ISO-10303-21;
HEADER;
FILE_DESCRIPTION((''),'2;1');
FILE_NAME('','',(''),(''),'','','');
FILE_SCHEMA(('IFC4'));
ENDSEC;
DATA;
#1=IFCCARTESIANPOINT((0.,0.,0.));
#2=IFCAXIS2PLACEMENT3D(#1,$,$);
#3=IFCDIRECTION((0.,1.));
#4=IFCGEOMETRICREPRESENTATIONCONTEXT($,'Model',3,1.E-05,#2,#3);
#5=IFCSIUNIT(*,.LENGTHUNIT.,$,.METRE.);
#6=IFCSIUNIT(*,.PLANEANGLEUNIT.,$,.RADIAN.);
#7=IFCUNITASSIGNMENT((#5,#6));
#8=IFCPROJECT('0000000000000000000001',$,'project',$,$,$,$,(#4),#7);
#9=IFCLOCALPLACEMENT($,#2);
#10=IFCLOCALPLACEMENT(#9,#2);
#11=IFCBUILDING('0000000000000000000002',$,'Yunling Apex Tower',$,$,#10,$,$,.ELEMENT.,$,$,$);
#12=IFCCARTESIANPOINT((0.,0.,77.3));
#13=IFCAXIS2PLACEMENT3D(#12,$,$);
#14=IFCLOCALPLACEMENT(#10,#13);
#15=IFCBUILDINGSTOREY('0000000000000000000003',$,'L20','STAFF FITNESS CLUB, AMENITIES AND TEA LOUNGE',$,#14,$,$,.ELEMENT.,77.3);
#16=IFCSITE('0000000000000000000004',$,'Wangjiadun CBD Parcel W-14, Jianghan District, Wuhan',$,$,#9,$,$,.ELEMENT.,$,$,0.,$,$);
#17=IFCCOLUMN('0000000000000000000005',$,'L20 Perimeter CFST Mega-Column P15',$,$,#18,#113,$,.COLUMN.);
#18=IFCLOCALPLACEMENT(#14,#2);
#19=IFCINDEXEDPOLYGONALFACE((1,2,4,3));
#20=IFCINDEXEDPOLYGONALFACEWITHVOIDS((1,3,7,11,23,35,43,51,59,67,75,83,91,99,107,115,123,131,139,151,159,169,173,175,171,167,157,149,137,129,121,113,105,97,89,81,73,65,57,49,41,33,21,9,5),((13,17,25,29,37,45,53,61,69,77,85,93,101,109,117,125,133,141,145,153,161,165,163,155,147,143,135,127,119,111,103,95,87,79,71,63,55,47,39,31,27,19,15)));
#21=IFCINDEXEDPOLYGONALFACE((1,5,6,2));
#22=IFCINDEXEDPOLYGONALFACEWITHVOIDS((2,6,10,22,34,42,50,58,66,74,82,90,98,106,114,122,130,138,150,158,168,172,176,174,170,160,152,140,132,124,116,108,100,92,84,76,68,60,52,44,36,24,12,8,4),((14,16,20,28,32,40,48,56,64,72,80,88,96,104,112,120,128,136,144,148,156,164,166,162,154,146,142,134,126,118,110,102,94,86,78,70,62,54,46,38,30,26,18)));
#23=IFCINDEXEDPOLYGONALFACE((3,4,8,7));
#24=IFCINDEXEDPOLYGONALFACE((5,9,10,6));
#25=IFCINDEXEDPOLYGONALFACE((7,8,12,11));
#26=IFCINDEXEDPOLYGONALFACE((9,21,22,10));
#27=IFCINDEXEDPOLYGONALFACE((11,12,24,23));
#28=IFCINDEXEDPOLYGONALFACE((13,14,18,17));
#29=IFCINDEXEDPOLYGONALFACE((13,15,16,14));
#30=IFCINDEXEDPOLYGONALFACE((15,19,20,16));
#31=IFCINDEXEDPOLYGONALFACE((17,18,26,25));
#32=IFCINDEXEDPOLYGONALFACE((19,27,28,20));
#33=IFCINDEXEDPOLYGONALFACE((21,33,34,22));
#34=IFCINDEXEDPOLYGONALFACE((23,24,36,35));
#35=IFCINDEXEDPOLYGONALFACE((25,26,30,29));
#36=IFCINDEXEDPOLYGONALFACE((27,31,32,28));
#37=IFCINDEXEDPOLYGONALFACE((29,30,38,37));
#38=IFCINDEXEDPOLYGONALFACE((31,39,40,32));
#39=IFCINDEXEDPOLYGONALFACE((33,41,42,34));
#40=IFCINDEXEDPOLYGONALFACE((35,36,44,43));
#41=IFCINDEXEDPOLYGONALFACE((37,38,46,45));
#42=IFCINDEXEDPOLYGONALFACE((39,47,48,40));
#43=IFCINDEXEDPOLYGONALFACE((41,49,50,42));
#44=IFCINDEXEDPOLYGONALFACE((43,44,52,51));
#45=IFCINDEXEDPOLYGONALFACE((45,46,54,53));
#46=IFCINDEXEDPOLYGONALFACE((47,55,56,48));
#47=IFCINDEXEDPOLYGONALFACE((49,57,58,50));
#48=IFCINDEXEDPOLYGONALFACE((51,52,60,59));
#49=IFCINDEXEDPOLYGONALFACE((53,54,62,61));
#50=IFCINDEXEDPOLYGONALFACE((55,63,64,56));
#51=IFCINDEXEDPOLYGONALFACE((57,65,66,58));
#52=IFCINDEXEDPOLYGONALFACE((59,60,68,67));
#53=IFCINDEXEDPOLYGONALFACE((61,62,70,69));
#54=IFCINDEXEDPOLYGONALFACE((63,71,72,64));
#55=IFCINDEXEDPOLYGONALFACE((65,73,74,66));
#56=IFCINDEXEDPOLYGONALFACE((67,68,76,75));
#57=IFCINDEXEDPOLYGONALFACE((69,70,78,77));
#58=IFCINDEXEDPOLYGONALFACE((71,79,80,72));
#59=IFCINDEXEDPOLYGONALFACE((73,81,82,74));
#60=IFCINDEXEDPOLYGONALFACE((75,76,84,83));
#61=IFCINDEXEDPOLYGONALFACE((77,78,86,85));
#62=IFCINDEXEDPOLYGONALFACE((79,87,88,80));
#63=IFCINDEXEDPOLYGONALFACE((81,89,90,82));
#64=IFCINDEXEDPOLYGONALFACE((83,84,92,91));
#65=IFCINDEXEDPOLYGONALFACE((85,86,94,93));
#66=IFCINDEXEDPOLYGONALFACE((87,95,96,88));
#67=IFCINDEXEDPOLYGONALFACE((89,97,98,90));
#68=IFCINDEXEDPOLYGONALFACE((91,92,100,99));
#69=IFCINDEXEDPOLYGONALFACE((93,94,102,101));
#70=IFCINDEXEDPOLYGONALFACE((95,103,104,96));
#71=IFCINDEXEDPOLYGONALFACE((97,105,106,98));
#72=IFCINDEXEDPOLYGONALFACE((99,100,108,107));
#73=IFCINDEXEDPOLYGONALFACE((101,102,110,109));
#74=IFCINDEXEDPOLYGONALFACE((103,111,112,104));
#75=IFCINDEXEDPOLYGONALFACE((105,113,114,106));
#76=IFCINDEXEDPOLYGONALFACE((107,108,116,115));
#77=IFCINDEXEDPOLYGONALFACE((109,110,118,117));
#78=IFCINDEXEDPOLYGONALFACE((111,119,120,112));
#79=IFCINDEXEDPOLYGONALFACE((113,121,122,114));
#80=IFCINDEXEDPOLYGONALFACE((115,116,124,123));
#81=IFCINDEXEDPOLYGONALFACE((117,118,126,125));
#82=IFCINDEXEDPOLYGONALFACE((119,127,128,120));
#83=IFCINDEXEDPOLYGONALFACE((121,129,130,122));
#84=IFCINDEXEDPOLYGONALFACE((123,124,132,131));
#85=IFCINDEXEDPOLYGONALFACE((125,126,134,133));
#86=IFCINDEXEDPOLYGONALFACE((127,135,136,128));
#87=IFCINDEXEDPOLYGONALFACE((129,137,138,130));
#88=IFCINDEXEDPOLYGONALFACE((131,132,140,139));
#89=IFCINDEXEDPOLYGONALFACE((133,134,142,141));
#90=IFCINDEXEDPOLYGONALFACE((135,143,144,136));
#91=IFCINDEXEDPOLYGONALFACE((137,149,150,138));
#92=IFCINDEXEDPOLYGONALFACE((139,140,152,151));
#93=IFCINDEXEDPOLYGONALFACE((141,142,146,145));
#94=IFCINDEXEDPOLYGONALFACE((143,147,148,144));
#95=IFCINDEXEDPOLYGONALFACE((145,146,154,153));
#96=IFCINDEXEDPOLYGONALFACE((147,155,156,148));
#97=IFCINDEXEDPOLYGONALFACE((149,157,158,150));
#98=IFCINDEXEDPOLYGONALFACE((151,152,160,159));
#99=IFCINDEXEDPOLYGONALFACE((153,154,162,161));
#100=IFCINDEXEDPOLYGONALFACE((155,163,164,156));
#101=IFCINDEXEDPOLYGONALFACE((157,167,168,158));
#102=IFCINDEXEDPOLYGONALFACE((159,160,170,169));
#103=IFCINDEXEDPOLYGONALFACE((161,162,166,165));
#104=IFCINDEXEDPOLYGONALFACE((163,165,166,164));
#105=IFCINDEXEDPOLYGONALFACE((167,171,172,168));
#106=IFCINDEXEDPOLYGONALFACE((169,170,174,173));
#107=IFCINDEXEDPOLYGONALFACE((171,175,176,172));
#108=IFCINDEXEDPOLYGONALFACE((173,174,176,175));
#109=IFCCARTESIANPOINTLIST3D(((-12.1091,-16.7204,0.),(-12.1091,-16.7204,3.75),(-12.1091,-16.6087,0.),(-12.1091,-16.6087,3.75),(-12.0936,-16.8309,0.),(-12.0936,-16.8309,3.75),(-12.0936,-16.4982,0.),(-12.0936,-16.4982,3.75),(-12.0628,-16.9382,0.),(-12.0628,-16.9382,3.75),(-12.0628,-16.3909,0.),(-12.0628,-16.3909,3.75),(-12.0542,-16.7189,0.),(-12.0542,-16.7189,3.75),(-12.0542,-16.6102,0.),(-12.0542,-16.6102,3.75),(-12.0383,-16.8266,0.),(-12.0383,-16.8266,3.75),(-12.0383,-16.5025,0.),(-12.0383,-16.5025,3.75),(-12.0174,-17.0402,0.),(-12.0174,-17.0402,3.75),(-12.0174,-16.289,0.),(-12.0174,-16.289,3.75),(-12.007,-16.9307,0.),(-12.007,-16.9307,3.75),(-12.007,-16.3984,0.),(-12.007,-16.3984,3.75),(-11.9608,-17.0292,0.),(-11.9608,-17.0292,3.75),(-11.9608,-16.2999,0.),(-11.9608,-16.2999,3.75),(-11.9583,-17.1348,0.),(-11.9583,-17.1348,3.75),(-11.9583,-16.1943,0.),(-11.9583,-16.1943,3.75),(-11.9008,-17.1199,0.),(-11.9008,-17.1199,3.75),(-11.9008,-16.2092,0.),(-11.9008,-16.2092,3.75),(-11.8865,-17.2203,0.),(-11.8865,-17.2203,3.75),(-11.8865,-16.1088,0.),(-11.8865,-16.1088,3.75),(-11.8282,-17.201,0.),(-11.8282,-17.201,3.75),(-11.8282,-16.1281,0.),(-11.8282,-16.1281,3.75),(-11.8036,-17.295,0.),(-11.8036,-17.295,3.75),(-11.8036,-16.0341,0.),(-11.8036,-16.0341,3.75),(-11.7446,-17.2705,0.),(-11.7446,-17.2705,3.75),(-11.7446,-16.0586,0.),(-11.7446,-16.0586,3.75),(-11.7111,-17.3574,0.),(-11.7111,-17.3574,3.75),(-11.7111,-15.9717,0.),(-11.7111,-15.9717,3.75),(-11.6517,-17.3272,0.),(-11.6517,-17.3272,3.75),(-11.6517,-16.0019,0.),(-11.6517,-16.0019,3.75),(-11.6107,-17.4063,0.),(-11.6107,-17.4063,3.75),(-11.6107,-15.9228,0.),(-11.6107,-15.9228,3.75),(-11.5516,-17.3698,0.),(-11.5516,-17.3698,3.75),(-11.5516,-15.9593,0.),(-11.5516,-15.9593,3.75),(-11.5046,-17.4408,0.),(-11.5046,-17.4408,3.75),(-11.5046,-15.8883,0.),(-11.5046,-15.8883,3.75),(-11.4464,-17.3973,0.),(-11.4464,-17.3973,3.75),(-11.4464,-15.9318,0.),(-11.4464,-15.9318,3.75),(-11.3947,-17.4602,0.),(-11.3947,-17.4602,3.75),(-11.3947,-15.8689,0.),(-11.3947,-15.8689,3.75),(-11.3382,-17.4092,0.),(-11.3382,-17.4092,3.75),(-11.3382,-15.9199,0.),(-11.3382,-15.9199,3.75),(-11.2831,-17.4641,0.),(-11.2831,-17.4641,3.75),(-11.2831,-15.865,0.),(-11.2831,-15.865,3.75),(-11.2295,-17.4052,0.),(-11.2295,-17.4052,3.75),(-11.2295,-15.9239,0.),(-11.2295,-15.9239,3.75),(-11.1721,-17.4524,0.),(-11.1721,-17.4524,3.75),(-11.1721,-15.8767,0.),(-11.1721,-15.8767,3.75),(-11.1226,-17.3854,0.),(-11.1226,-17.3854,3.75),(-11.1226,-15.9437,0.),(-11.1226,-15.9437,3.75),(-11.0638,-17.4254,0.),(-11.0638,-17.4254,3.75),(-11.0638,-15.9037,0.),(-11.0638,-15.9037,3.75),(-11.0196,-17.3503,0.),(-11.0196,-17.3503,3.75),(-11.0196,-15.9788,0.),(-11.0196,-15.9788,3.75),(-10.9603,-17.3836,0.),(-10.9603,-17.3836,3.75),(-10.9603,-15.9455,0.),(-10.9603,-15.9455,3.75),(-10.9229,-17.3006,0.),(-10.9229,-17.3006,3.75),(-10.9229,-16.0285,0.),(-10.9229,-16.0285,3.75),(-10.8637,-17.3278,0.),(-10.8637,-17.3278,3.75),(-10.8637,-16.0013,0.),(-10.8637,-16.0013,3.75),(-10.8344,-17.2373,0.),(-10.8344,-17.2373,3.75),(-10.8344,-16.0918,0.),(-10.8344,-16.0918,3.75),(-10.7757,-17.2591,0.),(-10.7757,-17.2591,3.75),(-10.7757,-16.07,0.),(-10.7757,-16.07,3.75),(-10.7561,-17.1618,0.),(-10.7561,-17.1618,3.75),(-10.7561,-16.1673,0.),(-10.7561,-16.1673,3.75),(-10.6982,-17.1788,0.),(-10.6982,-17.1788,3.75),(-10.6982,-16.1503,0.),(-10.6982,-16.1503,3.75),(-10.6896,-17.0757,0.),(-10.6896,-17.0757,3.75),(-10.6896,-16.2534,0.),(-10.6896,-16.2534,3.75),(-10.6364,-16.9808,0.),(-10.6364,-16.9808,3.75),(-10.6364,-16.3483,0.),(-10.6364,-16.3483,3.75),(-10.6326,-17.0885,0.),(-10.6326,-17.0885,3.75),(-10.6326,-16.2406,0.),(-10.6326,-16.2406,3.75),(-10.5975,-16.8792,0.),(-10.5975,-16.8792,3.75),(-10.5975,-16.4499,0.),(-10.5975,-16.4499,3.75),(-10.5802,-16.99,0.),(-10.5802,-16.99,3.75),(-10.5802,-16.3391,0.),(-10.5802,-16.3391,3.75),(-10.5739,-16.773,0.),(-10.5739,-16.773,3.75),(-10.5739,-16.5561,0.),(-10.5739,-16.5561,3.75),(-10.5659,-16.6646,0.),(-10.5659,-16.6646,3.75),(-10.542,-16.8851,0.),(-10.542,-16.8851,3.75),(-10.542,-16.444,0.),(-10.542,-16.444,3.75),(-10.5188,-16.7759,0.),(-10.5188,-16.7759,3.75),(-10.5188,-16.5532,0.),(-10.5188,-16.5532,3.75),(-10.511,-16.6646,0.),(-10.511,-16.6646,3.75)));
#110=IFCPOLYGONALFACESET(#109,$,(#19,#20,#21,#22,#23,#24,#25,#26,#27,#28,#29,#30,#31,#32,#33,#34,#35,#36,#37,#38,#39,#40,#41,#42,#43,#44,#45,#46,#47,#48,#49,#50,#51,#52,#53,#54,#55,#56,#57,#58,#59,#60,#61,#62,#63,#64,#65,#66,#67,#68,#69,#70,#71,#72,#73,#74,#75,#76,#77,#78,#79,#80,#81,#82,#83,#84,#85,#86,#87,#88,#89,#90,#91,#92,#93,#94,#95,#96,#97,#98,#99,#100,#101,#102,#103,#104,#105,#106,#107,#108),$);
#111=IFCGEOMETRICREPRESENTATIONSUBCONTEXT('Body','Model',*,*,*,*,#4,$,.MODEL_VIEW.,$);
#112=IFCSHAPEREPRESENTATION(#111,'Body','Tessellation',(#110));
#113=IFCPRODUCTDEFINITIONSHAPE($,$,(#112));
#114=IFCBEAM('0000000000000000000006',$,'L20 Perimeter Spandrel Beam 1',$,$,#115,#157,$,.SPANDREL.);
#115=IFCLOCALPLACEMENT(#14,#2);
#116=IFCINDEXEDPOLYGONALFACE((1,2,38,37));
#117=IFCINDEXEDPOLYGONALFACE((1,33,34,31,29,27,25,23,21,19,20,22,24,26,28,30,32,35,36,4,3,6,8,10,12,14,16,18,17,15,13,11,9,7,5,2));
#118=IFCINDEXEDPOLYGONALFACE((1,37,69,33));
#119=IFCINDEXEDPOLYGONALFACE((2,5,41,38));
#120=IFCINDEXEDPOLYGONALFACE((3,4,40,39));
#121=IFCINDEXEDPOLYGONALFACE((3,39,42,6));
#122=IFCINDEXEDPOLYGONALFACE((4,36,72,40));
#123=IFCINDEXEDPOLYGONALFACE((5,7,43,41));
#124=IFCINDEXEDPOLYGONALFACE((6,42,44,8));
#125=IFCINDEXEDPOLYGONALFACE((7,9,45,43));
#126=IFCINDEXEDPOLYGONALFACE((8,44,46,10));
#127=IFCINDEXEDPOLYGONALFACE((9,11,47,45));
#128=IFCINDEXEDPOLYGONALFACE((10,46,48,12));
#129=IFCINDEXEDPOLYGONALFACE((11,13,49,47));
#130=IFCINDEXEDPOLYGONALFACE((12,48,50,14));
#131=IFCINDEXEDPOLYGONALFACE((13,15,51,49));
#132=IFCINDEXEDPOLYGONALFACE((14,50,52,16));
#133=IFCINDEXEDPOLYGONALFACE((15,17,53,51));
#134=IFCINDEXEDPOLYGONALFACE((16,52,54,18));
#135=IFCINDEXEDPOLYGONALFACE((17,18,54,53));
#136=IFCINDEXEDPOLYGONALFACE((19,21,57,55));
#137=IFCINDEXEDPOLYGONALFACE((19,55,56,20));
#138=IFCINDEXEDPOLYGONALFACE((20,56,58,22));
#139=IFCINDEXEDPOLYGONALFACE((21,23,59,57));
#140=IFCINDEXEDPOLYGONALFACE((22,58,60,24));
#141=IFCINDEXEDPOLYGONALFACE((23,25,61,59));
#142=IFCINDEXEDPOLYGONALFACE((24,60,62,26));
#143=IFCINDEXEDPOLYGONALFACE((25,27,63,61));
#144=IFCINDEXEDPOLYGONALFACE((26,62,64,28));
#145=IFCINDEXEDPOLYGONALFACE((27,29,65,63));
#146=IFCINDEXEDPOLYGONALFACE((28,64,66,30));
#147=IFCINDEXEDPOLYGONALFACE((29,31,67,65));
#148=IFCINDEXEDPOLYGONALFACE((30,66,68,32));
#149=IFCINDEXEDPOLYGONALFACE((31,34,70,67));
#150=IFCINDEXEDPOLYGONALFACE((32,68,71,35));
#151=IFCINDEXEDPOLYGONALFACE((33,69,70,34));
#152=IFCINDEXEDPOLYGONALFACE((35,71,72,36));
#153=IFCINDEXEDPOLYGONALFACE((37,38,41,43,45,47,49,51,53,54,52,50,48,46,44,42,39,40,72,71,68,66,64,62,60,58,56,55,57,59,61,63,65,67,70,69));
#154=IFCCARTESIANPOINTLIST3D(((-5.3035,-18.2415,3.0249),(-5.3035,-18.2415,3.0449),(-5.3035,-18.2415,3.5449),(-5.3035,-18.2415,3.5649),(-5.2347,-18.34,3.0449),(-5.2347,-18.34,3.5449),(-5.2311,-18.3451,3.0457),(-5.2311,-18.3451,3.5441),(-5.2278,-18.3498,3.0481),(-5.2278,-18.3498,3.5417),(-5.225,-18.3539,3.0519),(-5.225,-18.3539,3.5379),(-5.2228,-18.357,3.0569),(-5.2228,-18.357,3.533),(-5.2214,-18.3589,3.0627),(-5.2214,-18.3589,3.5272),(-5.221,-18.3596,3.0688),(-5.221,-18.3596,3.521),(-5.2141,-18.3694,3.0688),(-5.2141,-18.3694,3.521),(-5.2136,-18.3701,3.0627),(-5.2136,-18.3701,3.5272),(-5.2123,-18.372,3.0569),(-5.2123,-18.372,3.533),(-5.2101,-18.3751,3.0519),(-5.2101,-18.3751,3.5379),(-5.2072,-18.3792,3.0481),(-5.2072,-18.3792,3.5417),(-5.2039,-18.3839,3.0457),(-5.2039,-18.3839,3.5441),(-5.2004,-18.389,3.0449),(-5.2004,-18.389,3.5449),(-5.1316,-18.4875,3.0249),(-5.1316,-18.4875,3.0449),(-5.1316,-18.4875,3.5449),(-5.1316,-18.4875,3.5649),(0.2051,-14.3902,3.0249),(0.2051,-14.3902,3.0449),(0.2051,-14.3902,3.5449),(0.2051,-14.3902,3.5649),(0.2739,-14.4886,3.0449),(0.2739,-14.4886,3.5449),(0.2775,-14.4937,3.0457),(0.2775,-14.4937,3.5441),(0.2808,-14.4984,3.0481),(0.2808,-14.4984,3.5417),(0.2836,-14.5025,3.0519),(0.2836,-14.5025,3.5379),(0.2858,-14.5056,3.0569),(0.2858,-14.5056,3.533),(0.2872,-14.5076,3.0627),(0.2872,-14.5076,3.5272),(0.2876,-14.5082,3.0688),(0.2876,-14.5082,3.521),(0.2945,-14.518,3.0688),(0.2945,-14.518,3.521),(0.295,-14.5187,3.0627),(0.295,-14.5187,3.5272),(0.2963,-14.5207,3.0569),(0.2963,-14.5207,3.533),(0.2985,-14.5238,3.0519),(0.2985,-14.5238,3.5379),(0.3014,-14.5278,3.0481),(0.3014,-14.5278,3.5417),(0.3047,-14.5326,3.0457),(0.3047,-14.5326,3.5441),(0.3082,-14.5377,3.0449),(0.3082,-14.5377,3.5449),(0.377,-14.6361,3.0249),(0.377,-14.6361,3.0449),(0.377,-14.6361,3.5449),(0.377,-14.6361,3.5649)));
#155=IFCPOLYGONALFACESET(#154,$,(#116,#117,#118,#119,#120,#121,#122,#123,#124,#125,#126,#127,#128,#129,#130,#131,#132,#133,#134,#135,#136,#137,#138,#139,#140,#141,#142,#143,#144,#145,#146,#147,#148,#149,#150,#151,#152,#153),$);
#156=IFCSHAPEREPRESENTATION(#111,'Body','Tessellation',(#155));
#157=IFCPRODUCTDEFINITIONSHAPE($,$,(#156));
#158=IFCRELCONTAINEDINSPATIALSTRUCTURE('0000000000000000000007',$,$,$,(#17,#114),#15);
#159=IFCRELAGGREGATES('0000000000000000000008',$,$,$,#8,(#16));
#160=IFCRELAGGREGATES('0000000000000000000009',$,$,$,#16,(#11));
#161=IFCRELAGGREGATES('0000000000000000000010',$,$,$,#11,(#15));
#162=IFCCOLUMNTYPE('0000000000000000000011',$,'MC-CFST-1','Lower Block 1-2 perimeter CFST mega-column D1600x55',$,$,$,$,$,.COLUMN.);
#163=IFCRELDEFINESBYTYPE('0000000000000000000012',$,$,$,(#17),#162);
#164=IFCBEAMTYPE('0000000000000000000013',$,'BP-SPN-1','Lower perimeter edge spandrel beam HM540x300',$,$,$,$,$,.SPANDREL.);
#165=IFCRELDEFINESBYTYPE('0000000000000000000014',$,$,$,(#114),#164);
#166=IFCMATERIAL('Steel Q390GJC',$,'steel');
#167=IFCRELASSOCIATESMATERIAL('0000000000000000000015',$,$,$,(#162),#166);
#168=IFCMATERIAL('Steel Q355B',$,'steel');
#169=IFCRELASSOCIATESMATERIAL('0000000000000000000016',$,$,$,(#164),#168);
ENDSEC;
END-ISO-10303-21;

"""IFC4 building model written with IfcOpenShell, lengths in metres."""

from ifc_helpers import new_model, si_unit, direction, frame, origin, origin_2d, place, context, subcontext, project, spatial, hollow_circle, i_section, extrude, source, transform, mapped, material, material_profile, profile_set, type_object, element, save


model = new_model("IFC4")

# Units and contexts
model_context = context("Model", 3, precision=1e-05, world=origin(), true_north=direction((0.0, 1.0)))
body_context = subcontext(model_context, "Body", "Model", "MODEL_VIEW")
ifc_project = project(units=[si_unit("LENGTHUNIT", "METRE"), si_unit("PLANEANGLEUNIT", "RADIAN")], contexts=[model_context])

# Site, building, storey
site_placement = place(None, origin())
site = spatial("IfcSite", under=ifc_project, at=site_placement, Name="Wangjiadun CBD Parcel W-14, Jianghan District, Wuhan", CompositionType="ELEMENT", RefElevation=0.0)
building_placement = place(site_placement, origin())
building = spatial("IfcBuilding", under=site, at=building_placement, Name="Yunling Apex Tower", CompositionType="ELEMENT")
storey_placement = place(building_placement, frame((0.0, 0.0, 77.3)))
storey = spatial("IfcBuildingStorey", under=building, at=storey_placement, Name="L20", Description="STAFF FITNESS CLUB, AMENITIES AND TEA LOUNGE", CompositionType="ELEMENT", Elevation=77.3)

# Column
ifc_material_1 = material(Name="Steel Q390GJC", Category="steel")
ifc_material_profile_1 = material_profile(ifc_material_1, hollow_circle(Radius=0.8, WallThickness=0.0549, at=origin_2d()))
ifc_profile_set_1 = profile_set([ifc_material_profile_1], Name="Steel Q390GJC")
column_type = type_object("IfcColumnType", Name="MC-CFST-1", Description="Lower Block 1-2 perimeter CFST mega-column D1600x55", PredefinedType="COLUMN", material=ifc_profile_set_1)
shared_shape_1 = source(origin(), body_context, "Body", "SweptSolid", [
    extrude(hollow_circle(Radius=0.8, WallThickness=0.0549, at=origin_2d()), origin(), (0.0, 0.0, 1.0), 3.75),
])
for number, where, z_axis, x_axis, name in (
    (1, (-11.311, -16.6646, 0.0), (0.0, 0.0, 1.0), (1.0, 0.0, 0.0), "L20 Perimeter CFST Mega-Column P15"),
):
    element("IfcColumn", number, at=place(storey_placement, frame(where, z_axis=z_axis, x_axis=x_axis)), inside=storey, type_object=column_type, Name=name, PredefinedType="COLUMN", context=body_context, shape_type="MappedRepresentation", body=[
        mapped(shared_shape_1, transform((0.0, 0.0, 0.0), scale=1.0)),
    ])

# Beam
ifc_material_2 = material(Name="Steel Q355B", Category="steel")
ifc_material_profile_2 = material_profile(ifc_material_2, i_section(OverallWidth=0.3, OverallDepth=0.54, WebThickness=0.012, FlangeThickness=0.02, FilletRadius=0.0239, at=origin_2d()))
ifc_profile_set_2 = profile_set([ifc_material_profile_2], Name="Steel Q355B")
beam_type_1 = type_object("IfcBeamType", Name="BP-SPN-1", Description="Lower perimeter edge spandrel beam HM540x300", PredefinedType="SPANDREL", material=ifc_profile_set_2)
shared_shape_2 = source(origin(), body_context, "Body", "SweptSolid", [
    extrude(i_section(OverallWidth=0.3, OverallDepth=0.54, WebThickness=0.012, FlangeThickness=0.02, FilletRadius=0.0239, at=origin_2d()), origin(), (0.0, 0.0, 1.0), 6.7214),
])
beam_1_placement = place(storey_placement, frame((-5.2175, -18.3645, 3.2949), z_axis=(0.819558, 0.572997, 0.0), x_axis=(-0.572997, 0.819558, 0.0)))
element("IfcBeam", 2, at=beam_1_placement, inside=storey, type_object=beam_type_1, Name="L20 Perimeter Spandrel Beam 1", PredefinedType="SPANDREL", context=body_context, shape_type="MappedRepresentation", body=[
    mapped(shared_shape_2, transform((0.0, 0.0, 0.0), scale=1.0)),
])

save(model, "model.ifc")
